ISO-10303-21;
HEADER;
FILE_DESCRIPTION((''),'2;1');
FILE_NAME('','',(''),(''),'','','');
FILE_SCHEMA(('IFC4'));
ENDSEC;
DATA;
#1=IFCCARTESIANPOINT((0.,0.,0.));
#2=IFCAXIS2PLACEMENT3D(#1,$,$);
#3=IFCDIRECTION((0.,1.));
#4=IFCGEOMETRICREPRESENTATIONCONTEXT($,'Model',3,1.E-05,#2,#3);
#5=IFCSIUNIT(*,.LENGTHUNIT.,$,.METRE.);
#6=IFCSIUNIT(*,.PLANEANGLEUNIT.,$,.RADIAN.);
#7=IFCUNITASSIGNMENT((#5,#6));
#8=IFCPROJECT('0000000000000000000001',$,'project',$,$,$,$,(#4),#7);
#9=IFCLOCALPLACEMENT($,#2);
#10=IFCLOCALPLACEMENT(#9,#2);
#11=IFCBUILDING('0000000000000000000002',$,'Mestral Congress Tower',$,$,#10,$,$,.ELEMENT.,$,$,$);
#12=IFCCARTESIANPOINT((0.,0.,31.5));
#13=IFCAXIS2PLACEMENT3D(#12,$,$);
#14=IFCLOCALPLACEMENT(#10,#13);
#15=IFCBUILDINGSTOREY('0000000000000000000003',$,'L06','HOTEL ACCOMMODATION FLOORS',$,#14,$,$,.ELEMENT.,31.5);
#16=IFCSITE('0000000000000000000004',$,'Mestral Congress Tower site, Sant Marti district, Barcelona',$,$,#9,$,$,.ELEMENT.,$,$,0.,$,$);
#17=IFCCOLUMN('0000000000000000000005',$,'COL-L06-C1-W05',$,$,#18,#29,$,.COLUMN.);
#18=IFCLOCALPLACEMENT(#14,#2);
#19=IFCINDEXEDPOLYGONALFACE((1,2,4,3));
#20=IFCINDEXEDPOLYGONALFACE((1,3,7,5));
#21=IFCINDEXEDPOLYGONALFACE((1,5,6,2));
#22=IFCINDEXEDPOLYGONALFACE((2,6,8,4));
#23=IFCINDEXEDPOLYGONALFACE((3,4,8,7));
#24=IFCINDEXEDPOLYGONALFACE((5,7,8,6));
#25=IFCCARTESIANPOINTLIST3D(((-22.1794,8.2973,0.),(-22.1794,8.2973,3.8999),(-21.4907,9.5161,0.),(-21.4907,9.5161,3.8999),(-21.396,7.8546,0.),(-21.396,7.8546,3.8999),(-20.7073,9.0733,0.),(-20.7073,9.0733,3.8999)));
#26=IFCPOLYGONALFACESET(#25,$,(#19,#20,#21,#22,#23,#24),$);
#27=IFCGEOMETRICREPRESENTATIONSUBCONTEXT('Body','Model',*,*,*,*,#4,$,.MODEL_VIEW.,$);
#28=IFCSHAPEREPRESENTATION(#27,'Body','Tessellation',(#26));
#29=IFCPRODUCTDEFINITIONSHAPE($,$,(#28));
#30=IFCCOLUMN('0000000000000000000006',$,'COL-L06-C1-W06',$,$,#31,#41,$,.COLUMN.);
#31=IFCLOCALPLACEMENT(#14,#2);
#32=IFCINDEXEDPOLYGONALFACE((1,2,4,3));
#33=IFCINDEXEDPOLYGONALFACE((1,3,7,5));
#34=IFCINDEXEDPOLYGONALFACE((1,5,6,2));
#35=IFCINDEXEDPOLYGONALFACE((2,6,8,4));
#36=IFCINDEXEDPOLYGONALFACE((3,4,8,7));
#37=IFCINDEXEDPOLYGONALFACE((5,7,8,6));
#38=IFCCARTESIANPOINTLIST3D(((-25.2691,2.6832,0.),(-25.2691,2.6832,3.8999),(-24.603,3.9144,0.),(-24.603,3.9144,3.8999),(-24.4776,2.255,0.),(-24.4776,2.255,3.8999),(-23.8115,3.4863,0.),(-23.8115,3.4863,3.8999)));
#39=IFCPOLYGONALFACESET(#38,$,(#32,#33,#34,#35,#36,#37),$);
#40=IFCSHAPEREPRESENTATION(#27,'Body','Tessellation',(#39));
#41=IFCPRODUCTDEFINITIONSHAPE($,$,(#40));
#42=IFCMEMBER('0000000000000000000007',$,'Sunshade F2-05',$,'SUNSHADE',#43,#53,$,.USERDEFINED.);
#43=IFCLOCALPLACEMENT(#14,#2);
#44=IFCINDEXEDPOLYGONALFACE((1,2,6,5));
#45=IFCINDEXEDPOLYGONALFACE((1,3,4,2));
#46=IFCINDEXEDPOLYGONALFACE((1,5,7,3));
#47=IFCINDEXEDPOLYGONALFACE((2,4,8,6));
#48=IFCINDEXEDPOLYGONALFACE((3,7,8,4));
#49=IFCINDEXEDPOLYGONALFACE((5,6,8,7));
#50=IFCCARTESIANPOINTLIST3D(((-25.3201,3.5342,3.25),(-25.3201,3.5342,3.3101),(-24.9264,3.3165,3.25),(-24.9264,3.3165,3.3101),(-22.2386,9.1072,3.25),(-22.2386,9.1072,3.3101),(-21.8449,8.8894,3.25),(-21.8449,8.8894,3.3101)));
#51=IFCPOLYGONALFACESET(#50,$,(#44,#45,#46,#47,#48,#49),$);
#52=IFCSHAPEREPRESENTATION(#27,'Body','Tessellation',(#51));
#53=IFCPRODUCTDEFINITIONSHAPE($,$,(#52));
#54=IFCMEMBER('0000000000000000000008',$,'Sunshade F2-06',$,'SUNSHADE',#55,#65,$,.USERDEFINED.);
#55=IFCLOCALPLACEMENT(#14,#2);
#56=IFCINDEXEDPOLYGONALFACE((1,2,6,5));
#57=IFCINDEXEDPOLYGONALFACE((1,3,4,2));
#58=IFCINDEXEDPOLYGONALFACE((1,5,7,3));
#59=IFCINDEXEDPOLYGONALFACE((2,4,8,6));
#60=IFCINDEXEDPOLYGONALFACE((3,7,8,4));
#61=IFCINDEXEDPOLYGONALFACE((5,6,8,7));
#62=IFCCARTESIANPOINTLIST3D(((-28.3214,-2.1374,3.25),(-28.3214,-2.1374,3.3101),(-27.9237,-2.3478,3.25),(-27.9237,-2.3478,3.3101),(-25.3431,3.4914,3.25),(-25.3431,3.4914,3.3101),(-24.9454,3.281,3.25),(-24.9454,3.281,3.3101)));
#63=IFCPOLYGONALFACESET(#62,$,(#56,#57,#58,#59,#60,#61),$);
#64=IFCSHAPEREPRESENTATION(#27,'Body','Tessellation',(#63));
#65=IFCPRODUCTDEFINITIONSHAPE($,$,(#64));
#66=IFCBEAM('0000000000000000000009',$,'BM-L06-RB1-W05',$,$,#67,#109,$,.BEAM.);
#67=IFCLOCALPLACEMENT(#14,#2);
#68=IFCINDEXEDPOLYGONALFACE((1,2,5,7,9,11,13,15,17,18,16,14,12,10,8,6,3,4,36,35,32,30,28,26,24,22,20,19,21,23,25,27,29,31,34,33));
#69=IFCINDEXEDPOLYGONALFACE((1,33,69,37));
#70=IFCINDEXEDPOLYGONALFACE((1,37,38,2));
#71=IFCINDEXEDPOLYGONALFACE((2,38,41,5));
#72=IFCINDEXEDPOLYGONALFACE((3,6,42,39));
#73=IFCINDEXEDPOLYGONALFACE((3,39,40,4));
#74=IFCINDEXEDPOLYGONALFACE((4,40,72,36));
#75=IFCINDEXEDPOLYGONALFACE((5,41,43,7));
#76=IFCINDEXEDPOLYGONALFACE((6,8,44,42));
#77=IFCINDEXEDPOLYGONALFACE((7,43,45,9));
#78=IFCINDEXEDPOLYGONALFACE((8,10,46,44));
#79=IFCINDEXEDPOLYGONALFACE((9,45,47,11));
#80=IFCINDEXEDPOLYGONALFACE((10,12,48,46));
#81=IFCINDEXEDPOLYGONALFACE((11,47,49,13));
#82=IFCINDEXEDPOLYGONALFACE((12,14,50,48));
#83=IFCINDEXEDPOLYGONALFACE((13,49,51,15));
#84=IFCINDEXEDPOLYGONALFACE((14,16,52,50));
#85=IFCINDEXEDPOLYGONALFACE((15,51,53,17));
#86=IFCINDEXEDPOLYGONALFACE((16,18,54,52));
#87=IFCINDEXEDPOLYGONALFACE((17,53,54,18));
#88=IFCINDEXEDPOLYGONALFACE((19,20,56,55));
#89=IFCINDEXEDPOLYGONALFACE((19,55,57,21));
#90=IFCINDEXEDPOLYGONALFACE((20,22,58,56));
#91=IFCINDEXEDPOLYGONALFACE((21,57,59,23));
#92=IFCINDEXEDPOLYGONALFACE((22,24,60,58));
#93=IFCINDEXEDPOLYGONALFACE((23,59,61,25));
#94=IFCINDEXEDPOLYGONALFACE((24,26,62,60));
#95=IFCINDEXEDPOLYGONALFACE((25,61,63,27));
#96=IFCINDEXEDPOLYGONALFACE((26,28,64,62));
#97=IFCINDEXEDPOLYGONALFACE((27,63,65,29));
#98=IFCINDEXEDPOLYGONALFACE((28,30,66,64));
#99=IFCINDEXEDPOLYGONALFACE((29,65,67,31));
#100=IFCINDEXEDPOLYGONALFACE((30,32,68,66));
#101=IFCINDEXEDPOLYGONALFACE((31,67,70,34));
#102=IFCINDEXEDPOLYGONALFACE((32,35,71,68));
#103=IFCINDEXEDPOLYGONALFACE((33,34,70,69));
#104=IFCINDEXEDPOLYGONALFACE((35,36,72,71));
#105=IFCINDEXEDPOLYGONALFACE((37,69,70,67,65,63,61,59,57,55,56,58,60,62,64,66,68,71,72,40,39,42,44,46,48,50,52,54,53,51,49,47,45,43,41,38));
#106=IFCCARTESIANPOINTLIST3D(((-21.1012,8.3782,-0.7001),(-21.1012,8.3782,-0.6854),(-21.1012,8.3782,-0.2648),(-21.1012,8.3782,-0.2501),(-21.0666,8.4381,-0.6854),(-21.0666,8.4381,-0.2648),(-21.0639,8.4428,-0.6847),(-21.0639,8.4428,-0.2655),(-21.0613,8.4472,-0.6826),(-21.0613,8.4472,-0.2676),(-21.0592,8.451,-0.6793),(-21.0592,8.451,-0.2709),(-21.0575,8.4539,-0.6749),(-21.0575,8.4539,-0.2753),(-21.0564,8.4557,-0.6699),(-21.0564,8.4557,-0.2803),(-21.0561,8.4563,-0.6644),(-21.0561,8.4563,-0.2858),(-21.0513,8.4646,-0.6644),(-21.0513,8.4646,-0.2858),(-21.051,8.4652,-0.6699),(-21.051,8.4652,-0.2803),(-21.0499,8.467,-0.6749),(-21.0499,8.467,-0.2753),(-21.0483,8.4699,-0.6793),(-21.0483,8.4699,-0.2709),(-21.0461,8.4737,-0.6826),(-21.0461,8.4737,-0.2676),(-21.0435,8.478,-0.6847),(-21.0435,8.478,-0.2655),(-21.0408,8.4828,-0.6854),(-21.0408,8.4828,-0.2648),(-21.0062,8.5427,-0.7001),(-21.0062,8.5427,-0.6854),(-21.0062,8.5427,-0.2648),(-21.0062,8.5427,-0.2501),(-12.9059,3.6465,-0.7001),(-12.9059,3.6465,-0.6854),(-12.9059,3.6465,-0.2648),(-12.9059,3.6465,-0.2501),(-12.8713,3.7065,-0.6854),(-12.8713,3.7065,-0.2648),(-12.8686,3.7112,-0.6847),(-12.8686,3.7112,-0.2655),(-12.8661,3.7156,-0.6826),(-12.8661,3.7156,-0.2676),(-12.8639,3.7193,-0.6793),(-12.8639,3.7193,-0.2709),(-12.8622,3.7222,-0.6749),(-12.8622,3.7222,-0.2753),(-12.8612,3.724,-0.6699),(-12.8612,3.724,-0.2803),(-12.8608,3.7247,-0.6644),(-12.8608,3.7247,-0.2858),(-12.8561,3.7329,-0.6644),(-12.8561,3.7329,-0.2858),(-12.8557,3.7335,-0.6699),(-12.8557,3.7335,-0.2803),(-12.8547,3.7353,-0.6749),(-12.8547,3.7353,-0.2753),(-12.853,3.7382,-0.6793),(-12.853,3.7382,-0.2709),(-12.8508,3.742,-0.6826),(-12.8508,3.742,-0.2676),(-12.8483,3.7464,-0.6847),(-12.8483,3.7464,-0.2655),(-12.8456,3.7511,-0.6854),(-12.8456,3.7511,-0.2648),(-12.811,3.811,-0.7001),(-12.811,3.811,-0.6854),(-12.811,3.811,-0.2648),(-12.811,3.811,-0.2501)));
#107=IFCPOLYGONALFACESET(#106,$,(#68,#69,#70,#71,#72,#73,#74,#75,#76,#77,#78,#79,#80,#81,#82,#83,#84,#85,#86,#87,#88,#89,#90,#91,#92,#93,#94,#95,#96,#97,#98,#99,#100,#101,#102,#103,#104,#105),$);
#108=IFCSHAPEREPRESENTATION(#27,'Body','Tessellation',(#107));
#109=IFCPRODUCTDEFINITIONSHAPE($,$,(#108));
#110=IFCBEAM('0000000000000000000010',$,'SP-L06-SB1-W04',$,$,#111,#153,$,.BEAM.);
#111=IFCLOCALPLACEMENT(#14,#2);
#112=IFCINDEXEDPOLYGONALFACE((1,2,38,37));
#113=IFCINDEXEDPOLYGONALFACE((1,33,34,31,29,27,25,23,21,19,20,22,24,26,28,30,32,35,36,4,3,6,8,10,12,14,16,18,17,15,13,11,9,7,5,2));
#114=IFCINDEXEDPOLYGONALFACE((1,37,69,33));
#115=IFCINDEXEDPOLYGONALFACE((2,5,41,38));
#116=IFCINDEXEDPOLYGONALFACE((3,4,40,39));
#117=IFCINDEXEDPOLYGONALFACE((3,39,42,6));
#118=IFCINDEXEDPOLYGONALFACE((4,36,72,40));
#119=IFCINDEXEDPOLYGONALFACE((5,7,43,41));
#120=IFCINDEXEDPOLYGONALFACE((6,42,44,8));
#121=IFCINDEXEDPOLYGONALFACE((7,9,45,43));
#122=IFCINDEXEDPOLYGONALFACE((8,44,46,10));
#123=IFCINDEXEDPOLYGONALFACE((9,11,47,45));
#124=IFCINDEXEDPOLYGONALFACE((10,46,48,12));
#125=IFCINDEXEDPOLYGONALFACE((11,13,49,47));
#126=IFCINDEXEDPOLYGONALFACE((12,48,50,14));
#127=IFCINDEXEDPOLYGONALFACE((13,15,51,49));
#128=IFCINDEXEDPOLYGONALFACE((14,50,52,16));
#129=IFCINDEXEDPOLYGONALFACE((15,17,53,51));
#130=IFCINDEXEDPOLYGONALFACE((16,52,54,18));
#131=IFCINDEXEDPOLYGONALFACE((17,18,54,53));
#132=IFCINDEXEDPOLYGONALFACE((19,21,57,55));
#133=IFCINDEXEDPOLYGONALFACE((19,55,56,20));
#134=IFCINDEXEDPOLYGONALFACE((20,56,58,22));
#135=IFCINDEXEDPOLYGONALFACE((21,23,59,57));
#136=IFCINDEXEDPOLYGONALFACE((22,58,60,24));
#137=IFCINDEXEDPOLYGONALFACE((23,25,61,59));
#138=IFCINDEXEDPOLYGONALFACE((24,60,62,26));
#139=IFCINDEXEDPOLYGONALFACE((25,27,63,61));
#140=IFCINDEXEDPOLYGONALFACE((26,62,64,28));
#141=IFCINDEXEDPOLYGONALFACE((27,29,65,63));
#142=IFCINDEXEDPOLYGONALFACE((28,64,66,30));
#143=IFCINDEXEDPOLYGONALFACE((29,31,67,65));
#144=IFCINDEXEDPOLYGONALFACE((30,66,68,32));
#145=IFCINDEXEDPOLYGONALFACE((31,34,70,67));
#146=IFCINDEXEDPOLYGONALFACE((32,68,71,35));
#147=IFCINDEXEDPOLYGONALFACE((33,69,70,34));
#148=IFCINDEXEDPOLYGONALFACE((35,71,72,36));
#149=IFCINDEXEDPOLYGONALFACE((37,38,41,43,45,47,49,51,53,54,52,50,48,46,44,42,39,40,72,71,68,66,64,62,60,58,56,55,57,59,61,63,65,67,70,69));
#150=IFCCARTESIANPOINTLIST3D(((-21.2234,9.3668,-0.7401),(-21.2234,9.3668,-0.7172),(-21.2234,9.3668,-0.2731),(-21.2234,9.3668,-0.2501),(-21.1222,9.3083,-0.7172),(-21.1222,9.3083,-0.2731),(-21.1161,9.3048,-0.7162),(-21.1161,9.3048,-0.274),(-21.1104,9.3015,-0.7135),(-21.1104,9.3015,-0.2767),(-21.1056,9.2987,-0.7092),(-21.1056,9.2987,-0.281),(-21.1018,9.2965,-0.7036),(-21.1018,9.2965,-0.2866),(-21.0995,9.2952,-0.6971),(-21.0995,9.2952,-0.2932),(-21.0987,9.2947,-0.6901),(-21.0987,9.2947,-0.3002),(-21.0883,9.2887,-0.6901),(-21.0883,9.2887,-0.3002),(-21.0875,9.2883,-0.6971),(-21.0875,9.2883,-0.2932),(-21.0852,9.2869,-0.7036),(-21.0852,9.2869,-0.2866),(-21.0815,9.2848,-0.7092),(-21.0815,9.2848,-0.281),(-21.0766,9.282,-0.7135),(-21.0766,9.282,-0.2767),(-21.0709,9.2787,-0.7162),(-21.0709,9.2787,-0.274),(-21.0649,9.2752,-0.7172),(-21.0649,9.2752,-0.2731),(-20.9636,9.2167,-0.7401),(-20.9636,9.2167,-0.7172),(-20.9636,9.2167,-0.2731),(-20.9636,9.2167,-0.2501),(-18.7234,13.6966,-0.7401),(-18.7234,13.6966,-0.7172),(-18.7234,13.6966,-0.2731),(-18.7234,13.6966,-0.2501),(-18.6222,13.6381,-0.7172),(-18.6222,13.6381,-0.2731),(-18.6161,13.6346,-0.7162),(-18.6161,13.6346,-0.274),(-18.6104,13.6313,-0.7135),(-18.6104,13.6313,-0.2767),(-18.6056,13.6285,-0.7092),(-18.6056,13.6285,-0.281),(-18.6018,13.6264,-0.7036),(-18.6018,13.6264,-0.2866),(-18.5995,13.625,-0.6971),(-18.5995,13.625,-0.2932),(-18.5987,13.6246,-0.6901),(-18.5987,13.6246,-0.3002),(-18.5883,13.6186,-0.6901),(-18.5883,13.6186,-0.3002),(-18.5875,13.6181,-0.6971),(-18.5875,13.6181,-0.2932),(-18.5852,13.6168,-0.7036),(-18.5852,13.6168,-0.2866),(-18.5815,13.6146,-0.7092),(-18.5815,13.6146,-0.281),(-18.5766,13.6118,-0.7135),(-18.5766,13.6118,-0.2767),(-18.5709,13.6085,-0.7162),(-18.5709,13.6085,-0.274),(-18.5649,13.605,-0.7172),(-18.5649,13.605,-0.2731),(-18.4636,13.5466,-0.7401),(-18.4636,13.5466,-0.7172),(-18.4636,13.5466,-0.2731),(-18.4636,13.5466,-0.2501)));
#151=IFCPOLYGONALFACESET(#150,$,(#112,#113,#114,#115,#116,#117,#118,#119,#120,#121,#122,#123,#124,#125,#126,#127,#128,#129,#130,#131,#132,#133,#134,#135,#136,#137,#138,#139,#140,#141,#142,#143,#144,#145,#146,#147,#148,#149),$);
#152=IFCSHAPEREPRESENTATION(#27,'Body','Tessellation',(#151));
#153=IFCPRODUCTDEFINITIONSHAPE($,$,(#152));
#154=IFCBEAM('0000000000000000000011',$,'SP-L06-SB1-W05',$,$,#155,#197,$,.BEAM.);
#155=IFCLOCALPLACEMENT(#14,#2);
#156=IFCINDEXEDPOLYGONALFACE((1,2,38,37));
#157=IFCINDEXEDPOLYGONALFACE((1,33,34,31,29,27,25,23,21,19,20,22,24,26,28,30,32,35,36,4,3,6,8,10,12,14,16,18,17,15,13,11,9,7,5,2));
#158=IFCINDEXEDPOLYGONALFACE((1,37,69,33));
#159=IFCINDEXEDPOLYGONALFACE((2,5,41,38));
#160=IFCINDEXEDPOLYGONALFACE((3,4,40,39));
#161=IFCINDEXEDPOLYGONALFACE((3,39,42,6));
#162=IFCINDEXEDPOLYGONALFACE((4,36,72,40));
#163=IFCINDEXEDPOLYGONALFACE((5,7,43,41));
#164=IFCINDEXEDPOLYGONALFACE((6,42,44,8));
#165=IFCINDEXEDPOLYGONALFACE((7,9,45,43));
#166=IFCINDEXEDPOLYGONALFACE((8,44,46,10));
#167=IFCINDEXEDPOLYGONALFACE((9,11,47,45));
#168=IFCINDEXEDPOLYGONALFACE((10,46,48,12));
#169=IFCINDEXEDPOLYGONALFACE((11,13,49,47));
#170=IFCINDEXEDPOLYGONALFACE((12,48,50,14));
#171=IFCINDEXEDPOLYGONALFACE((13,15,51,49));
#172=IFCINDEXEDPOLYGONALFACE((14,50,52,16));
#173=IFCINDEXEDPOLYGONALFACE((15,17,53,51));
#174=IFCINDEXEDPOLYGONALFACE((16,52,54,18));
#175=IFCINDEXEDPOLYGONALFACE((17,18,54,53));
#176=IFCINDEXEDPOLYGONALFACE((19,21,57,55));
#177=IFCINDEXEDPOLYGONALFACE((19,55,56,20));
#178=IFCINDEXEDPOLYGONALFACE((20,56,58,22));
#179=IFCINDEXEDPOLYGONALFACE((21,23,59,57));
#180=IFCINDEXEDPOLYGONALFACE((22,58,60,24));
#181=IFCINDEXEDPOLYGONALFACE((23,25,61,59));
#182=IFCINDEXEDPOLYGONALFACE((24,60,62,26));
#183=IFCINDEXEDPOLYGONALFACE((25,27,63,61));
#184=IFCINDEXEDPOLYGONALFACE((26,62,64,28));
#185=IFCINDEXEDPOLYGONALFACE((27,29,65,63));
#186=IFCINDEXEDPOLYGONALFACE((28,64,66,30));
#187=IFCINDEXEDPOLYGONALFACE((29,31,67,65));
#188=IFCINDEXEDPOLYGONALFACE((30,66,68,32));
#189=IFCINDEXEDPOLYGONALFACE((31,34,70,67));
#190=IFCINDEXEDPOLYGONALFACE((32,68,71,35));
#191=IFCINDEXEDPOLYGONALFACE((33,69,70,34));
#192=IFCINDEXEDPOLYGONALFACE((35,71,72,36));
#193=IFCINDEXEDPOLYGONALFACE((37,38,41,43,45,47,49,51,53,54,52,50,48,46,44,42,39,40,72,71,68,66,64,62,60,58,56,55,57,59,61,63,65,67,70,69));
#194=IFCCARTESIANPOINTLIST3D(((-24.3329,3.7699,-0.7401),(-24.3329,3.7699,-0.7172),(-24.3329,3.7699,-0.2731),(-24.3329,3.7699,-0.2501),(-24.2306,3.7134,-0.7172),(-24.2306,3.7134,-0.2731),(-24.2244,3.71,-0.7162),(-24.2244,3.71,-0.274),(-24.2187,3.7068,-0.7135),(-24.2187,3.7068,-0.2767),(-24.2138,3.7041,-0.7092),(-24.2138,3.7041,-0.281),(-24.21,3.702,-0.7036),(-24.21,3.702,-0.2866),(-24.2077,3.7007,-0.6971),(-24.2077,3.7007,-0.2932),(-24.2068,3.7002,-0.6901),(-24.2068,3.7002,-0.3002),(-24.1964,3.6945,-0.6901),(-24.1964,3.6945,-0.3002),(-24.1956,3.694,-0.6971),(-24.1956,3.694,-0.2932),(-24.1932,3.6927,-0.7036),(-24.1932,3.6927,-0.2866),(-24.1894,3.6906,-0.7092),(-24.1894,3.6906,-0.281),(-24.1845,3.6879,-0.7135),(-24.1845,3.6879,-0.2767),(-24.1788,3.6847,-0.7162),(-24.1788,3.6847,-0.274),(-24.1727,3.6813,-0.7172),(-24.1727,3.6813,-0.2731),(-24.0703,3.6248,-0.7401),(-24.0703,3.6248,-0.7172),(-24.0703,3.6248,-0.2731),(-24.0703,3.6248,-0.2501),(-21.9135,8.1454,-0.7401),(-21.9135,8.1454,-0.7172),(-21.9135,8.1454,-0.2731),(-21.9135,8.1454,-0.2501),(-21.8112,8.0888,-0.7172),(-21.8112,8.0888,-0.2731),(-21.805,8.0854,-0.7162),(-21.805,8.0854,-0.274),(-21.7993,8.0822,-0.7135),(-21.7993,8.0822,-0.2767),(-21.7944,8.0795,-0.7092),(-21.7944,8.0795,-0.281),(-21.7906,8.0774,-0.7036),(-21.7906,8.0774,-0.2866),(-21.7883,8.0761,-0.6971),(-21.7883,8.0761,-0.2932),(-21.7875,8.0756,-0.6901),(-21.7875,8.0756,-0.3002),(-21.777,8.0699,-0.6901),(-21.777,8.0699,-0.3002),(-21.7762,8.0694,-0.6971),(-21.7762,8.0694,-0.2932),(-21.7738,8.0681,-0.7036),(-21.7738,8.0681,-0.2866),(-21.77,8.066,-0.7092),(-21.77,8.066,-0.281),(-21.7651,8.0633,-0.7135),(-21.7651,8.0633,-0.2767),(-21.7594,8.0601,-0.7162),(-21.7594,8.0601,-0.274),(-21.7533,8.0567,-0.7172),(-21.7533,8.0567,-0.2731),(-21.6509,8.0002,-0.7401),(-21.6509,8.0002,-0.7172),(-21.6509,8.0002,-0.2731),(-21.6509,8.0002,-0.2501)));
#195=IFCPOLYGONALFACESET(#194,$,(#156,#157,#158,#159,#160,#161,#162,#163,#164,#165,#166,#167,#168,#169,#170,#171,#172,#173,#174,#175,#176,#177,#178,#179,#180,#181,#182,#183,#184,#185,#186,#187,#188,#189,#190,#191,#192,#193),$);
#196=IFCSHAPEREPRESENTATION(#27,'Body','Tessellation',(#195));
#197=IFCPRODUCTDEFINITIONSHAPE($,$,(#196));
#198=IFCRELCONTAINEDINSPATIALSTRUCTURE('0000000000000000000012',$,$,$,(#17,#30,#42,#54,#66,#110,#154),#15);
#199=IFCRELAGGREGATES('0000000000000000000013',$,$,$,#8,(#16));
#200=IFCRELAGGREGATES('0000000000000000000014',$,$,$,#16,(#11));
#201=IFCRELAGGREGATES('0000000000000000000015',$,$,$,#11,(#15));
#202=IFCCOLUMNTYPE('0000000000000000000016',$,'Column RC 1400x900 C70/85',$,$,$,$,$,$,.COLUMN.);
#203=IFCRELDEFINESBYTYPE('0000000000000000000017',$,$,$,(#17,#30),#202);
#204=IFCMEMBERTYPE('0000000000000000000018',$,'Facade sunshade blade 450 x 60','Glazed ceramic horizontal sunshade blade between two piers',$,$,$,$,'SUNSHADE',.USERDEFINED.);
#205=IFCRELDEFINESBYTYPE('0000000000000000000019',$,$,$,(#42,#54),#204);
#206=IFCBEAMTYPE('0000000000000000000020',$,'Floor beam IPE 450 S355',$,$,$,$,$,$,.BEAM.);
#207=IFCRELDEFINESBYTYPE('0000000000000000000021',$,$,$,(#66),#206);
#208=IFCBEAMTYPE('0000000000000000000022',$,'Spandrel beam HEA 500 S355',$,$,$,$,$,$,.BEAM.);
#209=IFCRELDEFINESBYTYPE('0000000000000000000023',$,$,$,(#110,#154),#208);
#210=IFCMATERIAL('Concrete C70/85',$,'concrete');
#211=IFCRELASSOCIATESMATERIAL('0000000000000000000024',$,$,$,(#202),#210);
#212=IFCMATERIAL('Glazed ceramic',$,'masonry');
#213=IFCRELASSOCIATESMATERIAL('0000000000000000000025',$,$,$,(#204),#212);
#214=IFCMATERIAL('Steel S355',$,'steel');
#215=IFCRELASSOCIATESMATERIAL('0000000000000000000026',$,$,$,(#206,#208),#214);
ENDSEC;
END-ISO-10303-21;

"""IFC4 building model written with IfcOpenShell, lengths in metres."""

from ifc_helpers import new_model, si_unit, direction, frame, origin, origin_2d, place, context, subcontext, project, spatial, rectangle, i_section, extrude, material, material_profile, profile_set, type_object, element, save


model = new_model("IFC4")

# Units and contexts
model_context = context("Model", 3, precision=1e-05, world=origin(), true_north=direction((0.0, 1.0)))
body_context = subcontext(model_context, "Body", "Model", "MODEL_VIEW")
ifc_project = project(units=[si_unit("LENGTHUNIT", "METRE"), si_unit("PLANEANGLEUNIT", "RADIAN")], contexts=[model_context])

# Site, building, storey
site_placement = place(None, origin())
site = spatial("IfcSite", under=ifc_project, at=site_placement, Name="Mestral Congress Tower site, Sant Marti district, Barcelona", CompositionType="ELEMENT", RefElevation=0.0)
building_placement = place(site_placement, origin())
building = spatial("IfcBuilding", under=site, at=building_placement, Name="Mestral Congress Tower", CompositionType="ELEMENT")
storey_placement = place(building_placement, frame((0.0, 0.0, 31.5)))
storey = spatial("IfcBuildingStorey", under=building, at=storey_placement, Name="L06", Description="HOTEL ACCOMMODATION FLOORS", CompositionType="ELEMENT", Elevation=31.5)

# Columns
ifc_material_1 = material(Name="Concrete C70/85", Category="concrete")
ifc_material_profile_1 = material_profile(ifc_material_1, rectangle(XDim=1.3999, YDim=0.8999, at=origin_2d()), Name="RC 1400x900")
ifc_profile_set_1 = profile_set([ifc_material_profile_1], Name="Concrete C70/85")
column_type = type_object("IfcColumnType", Name="Column RC 1400x900 C70/85", PredefinedType="COLUMN", material=ifc_profile_set_1)
for number, where, z_axis, x_axis, name in (
    (1, (-21.4434, 8.6853, 0.0), (0.0, 0.0, 1.0), (-0.491974, -0.87061, 0.0), "COL-L06-C1-W05"),
    (2, (-24.5403, 3.0847, 0.0), (0.0, 0.0, 1.0), (-0.475796, -0.879556, 0.0), "COL-L06-C1-W06"),
):
    element("IfcColumn", number, at=place(storey_placement, frame(where, z_axis=z_axis, x_axis=x_axis)), inside=storey, type_object=column_type, Name=name, PredefinedType="COLUMN", context=body_context, shape_type="SweptSolid", body=[
        extrude(rectangle(XDim=1.3999, YDim=0.8999, at=origin_2d()), origin(), (0.0, 0.0, 1.0), 3.8999),
    ])

# Members
ifc_material_2 = material(Name="Glazed ceramic", Category="masonry")
ifc_material_profile_2 = material_profile(ifc_material_2, rectangle(XDim=0.45, YDim=0.0601, at=origin_2d()), Name="Ceramic blade 450 x 60")
ifc_profile_set_2 = profile_set([ifc_material_profile_2], Name="Glazed ceramic")
member_type = type_object("IfcMemberType", Name="Facade sunshade blade 450 x 60", Description="Glazed ceramic horizontal sunshade blade between two piers", ElementType="SUNSHADE", PredefinedType="USERDEFINED", material=ifc_profile_set_2)
for number, where, z_axis, x_axis, name in (
    (3, (-22.0417, 8.9983, 3.28), (-0.483894, -0.875127, 0.0), (0.875127, -0.483894, 0.0), "Sunshade F2-05"),
    (4, (-25.1443, 3.3862, 3.28), (-0.467675, -0.883901, 0.0), (0.883901, -0.467675, 0.0), "Sunshade F2-06"),
):
    element("IfcMember", number, at=place(storey_placement, frame(where, z_axis=z_axis, x_axis=x_axis)), inside=storey, type_object=member_type, Name=name, ObjectType="SUNSHADE", PredefinedType="USERDEFINED", context=body_context, shape_type="SweptSolid", body=[
        extrude(rectangle(XDim=0.45, YDim=0.0601, at=origin_2d()), origin(), (0.0, 0.0, 1.0), 6.3682),
    ])

# Beams
ifc_material_3 = material(Name="Steel S355", Category="steel")
ifc_material_profile_3 = material_profile(ifc_material_3, i_section(OverallWidth=0.1899, OverallDepth=0.45, WebThickness=0.0095, FlangeThickness=0.0146, FilletRadius=0.021, at=origin_2d()), Name="IPE 450")
ifc_profile_set_3 = profile_set([ifc_material_profile_3], Name="Steel S355")
beam_type_1 = type_object("IfcBeamType", Name="Floor beam IPE 450 S355", PredefinedType="BEAM", material=ifc_profile_set_3)
beam_placement = place(storey_placement, frame((-21.0537, 8.4604, -0.4751), z_axis=(0.86602, -0.50001, 0.0), x_axis=(0.50001, 0.86602, 0.0)))
element("IfcBeam", 5, at=beam_placement, inside=storey, type_object=beam_type_1, Name="BM-L06-RB1-W05", PredefinedType="BEAM", context=body_context, shape_type="SweptSolid", body=[
    extrude(i_section(OverallWidth=0.1899, OverallDepth=0.45, WebThickness=0.0095, FlangeThickness=0.0146, FilletRadius=0.021, at=origin_2d()), origin(), (0.0, 0.0, 1.0), 9.4631),
])
ifc_material_profile_4 = material_profile(ifc_material_3, i_section(OverallWidth=0.3, OverallDepth=0.49, WebThickness=0.012, FlangeThickness=0.0229, FilletRadius=0.0271, at=origin_2d()), Name="HEA 500")
ifc_profile_set_4 = profile_set([ifc_material_profile_4], Name="Steel S355")
beam_type_2 = type_object("IfcBeamType", Name="Spandrel beam HEA 500 S355", PredefinedType="BEAM", material=ifc_profile_set_4)
for number, where, z_axis, x_axis, name in (
    (6, (-18.5935, 13.6216, -0.4951), (-0.500025, -0.866011, 0.0), (0.866011, -0.500025, 0.0), "SP-L06-SB1-W04"),
    (7, (-21.7822, 8.0728, -0.4951), (-0.483901, -0.875123, 0.0), (0.875123, -0.483901, 0.0), "SP-L06-SB1-W05"),
):
    element("IfcBeam", number, at=place(storey_placement, frame(where, z_axis=z_axis, x_axis=x_axis)), inside=storey, type_object=beam_type_2, Name=name, PredefinedType="BEAM", context=body_context, shape_type="SweptSolid", body=[
        extrude(i_section(OverallWidth=0.3, OverallDepth=0.49, WebThickness=0.012, FlangeThickness=0.0229, FilletRadius=0.0271, at=origin_2d()), origin(), (0.0, 0.0, 1.0), 4.9998),
    ])

save(model, "model.ifc")
